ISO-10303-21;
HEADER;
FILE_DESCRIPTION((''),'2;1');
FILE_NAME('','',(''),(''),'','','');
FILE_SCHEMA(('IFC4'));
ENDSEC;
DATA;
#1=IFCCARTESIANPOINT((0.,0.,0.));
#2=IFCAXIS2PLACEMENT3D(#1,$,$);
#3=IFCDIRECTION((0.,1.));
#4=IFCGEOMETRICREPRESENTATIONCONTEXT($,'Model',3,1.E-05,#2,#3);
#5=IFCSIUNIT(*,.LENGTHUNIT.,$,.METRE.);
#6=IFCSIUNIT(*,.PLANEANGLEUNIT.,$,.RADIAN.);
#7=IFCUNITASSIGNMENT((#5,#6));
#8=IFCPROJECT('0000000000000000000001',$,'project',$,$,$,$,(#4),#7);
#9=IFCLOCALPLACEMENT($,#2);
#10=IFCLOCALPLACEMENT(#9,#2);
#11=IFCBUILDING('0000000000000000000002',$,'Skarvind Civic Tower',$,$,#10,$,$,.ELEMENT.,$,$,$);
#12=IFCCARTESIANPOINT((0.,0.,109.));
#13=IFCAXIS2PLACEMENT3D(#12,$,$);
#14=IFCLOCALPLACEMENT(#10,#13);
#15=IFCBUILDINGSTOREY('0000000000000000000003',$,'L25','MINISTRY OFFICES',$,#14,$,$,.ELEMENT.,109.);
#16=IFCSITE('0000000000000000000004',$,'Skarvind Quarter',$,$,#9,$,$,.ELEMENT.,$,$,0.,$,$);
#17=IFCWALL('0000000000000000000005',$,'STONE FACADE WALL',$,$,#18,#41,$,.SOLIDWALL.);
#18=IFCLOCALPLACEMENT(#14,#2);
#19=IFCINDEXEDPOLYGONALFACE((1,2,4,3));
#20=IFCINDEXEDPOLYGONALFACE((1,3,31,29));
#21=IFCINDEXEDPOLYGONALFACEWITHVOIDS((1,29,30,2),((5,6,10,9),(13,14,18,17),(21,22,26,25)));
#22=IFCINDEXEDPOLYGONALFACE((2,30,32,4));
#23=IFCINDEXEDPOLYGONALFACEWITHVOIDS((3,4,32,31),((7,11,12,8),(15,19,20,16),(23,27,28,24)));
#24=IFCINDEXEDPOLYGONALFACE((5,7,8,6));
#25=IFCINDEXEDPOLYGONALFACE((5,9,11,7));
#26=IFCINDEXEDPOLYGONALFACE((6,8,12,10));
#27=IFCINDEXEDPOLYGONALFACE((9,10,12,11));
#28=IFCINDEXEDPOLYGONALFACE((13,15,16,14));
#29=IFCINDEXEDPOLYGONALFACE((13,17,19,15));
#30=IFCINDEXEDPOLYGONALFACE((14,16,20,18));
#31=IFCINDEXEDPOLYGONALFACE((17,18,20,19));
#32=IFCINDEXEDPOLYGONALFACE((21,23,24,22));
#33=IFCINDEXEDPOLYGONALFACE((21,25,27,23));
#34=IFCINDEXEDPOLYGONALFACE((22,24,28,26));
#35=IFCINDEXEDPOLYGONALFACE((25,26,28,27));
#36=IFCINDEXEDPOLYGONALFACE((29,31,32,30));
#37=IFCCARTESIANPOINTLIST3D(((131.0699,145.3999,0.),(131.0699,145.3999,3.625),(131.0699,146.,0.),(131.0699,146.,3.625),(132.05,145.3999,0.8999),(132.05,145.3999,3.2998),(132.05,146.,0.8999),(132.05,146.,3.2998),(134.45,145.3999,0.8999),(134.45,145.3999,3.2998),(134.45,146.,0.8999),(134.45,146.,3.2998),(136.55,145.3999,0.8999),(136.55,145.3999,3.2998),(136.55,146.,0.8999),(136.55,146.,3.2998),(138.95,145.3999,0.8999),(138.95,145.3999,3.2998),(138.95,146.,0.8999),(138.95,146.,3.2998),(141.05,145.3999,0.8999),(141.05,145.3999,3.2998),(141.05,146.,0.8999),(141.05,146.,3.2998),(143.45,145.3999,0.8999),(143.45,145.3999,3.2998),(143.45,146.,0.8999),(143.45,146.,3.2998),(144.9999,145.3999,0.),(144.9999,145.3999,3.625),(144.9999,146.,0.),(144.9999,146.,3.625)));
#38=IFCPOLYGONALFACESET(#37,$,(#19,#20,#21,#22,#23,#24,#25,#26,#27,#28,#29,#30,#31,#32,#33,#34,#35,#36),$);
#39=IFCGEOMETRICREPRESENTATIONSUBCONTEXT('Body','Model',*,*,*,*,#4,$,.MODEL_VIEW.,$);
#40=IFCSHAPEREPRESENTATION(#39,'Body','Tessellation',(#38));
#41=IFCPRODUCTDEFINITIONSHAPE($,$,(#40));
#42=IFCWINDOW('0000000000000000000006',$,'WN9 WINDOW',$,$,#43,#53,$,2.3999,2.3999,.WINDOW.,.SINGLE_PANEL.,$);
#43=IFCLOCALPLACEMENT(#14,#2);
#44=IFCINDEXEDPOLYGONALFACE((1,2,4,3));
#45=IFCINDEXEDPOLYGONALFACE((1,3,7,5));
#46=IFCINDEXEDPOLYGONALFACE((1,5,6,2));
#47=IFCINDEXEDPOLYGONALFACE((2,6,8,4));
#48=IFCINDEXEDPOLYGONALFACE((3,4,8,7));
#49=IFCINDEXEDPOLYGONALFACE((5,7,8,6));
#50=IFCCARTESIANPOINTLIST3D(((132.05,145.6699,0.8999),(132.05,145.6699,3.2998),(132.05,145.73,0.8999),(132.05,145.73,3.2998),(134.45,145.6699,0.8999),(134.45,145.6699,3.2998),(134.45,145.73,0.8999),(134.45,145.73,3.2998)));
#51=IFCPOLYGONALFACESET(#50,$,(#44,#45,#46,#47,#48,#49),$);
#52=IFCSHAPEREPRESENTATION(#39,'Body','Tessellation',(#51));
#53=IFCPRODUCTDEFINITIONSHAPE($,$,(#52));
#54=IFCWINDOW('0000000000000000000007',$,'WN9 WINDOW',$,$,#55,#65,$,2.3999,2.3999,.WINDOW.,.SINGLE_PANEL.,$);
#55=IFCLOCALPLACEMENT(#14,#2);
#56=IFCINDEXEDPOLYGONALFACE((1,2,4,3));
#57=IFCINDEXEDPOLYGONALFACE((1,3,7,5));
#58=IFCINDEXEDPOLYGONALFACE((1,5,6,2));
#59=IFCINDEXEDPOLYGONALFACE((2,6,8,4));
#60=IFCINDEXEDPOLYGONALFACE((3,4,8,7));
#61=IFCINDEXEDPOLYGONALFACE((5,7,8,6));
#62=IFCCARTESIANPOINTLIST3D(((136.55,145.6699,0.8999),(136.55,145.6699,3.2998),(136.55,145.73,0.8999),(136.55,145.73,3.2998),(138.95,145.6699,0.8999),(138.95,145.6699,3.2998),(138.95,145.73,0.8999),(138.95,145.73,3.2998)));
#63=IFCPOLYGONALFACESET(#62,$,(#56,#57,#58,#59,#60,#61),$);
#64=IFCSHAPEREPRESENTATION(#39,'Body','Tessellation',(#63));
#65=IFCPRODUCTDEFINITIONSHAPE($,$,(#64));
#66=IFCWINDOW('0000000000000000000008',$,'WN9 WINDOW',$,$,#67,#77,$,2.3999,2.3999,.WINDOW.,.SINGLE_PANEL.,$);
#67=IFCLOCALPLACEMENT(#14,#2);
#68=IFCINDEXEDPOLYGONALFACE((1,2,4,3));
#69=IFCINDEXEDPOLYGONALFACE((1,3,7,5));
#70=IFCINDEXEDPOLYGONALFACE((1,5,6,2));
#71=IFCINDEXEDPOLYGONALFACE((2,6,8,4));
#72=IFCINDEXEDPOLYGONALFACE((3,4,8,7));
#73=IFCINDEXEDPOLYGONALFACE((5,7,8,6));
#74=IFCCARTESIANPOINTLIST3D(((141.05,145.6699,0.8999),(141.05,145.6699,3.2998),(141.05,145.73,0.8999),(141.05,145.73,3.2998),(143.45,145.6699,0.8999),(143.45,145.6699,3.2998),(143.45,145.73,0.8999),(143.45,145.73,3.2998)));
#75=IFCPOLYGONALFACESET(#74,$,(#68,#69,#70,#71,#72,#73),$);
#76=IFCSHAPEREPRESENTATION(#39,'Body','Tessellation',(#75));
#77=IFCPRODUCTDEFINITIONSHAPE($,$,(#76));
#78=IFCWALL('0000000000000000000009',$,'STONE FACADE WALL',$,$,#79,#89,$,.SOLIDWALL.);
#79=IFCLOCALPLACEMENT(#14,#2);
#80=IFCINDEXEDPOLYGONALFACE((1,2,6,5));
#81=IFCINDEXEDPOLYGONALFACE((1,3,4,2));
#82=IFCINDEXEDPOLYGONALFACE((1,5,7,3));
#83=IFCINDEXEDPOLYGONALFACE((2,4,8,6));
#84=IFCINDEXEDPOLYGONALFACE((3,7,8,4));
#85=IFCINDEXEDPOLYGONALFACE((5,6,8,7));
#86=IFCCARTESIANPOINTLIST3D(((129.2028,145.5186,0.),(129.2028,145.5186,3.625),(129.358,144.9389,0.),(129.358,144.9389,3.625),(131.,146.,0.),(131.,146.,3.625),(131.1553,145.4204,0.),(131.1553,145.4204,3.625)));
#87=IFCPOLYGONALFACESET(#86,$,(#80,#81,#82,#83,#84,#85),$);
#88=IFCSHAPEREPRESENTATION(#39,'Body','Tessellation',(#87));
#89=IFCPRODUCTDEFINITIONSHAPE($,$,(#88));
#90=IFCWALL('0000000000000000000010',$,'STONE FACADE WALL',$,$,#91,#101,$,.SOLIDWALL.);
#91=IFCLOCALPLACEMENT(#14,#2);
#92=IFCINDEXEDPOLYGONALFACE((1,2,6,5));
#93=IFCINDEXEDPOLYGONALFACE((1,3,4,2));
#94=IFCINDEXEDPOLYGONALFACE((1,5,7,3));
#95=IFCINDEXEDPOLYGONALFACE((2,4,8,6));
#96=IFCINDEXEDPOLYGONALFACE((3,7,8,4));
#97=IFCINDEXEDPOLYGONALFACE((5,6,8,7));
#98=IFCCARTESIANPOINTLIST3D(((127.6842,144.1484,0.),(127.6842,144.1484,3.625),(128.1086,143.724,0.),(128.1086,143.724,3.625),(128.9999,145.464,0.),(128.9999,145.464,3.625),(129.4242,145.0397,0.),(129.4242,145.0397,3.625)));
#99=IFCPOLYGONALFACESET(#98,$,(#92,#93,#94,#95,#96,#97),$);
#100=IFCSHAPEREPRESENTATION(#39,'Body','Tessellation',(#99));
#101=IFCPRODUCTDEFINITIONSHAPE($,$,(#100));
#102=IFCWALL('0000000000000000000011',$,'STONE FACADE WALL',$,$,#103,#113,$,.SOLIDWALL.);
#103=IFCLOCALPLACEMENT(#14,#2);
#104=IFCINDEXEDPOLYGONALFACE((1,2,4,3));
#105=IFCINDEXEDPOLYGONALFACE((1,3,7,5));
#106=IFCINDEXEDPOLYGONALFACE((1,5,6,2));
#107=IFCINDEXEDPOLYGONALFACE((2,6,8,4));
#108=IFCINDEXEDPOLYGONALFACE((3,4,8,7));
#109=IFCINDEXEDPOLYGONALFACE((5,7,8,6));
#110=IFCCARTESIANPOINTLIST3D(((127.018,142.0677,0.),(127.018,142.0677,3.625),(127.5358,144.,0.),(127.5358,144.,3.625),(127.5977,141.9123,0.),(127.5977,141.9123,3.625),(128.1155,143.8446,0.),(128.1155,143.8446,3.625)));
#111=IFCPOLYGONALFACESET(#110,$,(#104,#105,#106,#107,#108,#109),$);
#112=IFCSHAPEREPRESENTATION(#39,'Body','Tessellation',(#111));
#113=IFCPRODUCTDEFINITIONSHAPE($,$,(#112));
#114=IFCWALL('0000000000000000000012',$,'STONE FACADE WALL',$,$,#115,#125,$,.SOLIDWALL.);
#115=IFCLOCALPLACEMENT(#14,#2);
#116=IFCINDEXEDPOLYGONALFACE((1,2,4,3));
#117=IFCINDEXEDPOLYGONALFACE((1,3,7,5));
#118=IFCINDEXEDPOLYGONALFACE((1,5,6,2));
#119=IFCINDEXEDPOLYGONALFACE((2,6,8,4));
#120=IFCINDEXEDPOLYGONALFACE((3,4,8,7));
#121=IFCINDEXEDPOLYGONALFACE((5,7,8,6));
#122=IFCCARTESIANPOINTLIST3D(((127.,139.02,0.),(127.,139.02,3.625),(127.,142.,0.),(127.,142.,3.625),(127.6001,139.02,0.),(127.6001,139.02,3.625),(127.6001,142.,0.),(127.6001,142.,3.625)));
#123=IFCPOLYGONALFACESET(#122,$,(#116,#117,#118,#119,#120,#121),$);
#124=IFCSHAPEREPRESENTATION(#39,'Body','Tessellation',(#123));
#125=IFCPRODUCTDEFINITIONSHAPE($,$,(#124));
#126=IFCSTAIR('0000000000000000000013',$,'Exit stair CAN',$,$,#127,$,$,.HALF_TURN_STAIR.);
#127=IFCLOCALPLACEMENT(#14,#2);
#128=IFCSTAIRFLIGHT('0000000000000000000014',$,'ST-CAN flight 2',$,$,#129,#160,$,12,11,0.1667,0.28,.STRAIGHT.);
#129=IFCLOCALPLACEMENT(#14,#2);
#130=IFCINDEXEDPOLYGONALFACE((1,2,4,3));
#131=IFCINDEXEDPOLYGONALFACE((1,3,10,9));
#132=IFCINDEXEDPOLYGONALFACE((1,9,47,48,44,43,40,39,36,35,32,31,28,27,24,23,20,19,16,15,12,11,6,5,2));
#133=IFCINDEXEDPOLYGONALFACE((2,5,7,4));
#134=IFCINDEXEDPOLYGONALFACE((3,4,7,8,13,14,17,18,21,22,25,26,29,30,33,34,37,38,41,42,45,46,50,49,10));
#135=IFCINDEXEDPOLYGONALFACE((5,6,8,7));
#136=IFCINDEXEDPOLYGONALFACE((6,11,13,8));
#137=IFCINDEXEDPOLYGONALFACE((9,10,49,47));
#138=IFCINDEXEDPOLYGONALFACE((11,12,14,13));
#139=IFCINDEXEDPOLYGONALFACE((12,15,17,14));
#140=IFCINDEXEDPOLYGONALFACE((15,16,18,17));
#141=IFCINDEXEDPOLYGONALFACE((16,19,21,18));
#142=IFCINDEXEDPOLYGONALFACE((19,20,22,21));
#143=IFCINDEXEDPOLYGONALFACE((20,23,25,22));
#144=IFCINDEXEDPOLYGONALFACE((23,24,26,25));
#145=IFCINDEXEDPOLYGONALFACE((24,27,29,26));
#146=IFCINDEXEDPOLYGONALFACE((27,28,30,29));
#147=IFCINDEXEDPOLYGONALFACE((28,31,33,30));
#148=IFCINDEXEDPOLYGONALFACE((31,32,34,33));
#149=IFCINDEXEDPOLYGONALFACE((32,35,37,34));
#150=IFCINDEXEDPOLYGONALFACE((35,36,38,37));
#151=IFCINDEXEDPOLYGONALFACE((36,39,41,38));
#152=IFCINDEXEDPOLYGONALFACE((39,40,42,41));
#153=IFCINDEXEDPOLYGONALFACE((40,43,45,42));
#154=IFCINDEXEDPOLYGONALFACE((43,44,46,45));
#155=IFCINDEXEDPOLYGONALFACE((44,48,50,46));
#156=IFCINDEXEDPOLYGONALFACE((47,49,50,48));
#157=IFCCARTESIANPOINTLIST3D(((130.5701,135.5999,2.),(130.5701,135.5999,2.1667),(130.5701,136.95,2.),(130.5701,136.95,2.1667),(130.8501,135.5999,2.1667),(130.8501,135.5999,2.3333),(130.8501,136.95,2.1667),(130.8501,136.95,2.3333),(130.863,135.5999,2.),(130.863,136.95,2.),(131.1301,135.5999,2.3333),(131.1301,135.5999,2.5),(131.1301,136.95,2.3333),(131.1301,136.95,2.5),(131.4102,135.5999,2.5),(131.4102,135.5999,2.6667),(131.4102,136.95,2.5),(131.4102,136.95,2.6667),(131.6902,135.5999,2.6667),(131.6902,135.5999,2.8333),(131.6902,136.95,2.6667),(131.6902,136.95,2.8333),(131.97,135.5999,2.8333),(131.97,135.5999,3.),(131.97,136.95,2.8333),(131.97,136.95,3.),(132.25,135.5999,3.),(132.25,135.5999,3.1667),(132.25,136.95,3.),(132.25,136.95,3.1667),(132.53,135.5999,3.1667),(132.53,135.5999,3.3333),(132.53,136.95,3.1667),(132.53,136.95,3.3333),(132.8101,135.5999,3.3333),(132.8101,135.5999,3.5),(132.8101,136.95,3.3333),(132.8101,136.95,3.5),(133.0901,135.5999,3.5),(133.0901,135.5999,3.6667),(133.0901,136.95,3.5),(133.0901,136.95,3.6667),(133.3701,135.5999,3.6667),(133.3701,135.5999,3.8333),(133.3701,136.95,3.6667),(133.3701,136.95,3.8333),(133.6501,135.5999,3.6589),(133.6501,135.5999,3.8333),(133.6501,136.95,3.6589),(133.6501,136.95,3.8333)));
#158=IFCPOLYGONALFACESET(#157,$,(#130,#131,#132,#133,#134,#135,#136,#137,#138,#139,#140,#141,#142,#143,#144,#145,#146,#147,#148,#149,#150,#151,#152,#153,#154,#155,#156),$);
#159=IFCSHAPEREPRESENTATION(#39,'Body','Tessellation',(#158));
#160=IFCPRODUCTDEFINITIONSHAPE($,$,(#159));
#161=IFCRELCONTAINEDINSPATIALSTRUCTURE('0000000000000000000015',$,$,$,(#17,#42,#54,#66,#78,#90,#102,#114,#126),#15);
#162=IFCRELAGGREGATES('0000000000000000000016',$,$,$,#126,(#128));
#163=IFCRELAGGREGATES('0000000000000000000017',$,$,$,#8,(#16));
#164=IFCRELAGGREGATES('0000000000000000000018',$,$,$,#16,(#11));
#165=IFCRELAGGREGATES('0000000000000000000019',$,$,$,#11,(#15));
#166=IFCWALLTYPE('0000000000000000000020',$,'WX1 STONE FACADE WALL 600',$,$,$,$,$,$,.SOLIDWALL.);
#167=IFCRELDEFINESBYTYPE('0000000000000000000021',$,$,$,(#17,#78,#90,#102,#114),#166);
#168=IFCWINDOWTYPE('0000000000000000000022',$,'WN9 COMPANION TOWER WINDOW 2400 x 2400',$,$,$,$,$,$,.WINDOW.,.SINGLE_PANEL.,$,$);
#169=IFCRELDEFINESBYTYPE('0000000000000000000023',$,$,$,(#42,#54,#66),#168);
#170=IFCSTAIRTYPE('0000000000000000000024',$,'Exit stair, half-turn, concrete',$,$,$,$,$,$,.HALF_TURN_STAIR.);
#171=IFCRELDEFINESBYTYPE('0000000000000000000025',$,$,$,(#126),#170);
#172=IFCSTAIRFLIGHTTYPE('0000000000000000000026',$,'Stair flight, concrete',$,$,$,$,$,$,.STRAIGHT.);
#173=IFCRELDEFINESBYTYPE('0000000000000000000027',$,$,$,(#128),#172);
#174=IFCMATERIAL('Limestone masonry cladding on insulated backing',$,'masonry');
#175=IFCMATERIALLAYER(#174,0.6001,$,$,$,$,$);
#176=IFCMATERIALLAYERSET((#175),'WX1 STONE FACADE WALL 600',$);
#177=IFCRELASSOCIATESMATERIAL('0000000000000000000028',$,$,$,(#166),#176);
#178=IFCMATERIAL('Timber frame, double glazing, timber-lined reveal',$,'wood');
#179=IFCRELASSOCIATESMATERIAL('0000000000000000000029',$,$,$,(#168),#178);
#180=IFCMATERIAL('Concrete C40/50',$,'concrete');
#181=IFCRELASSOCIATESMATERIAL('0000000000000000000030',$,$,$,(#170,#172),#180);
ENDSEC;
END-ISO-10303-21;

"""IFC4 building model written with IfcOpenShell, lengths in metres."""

from ifc_helpers import new_model, si_unit, direction, frame, frame_2d, origin, place, context, subcontext, project, spatial, polyline, rectangle, outline, extrude, material, layer, layer_set, type_object, element, fill, aggregate, save


model = new_model("IFC4")

# Units and contexts
model_context = context("Model", 3, precision=1e-05, world=origin(), true_north=direction((0.0, 1.0)))
body_context = subcontext(model_context, "Body", "Model", "MODEL_VIEW")
ifc_project = project(units=[si_unit("LENGTHUNIT", "METRE"), si_unit("PLANEANGLEUNIT", "RADIAN")], contexts=[model_context])

# Site, building, storey
site_placement = place(None, origin())
site = spatial("IfcSite", under=ifc_project, at=site_placement, Name="Skarvind Quarter", CompositionType="ELEMENT", RefElevation=0.0)
building_placement = place(site_placement, origin())
building = spatial("IfcBuilding", under=site, at=building_placement, Name="Skarvind Civic Tower", CompositionType="ELEMENT")
storey_placement = place(building_placement, frame((0.0, 0.0, 109.0)))
storey = spatial("IfcBuildingStorey", under=building, at=storey_placement, Name="L25", Description="MINISTRY OFFICES", CompositionType="ELEMENT", Elevation=109.0)

# Wall, openings, windows
ifc_material_1 = material(Name="Limestone masonry cladding on insulated backing", Category="masonry")
ifc_layer_1 = layer(ifc_material_1, 0.6001)
ifc_layer_set_1 = layer_set([ifc_layer_1], Name="WX1 STONE FACADE WALL 600")
wall_type_1 = type_object("IfcWallType", Name="WX1 STONE FACADE WALL 600", PredefinedType="SOLIDWALL", material=ifc_layer_set_1)
wall_1_placement = place(storey_placement, frame((131.0701, 145.7, 0.0), z_axis=(0.0, 0.0, 1.0), x_axis=(1.0, 0.0, 0.0)))
wall_1 = element("IfcWall", 1, at=wall_1_placement, inside=storey, type_object=wall_type_1, Name="STONE FACADE WALL", PredefinedType="SOLIDWALL", context=body_context, shape_type="SweptSolid", body=[
    extrude(rectangle(XDim=13.9299, YDim=0.6001, at=frame_2d((6.9648, 0.0))), origin(), (0.0, 0.0, 1.0), 3.625),
])
opening_1_placement = place(wall_1_placement, frame((0.98, 0.0, 0.8999)))
opening_1 = element("IfcOpeningElement", 2, at=opening_1_placement, cuts=wall_1, PredefinedType="OPENING", context=body_context, shape_type="SweptSolid", body=[
    extrude(rectangle(XDim=2.3999, YDim=2.3999, at=frame_2d((1.2, 1.2))), frame((0.0, 0.3101, 0.0), z_axis=(0.0, -1.0, 0.0), x_axis=(1.0, 0.0, 0.0)), (0.0, 0.0, 1.0), 0.6201),
])
opening_2_placement = place(wall_1_placement, frame((5.48, 0.0, 0.8999)))
opening_2 = element("IfcOpeningElement", 3, at=opening_2_placement, cuts=wall_1, PredefinedType="OPENING", context=body_context, shape_type="SweptSolid", body=[
    extrude(rectangle(XDim=2.3999, YDim=2.3999, at=frame_2d((1.2, 1.2))), frame((0.0, 0.3101, 0.0), z_axis=(0.0, -1.0, 0.0), x_axis=(1.0, 0.0, 0.0)), (0.0, 0.0, 1.0), 0.6201),
])
opening_3_placement = place(wall_1_placement, frame((9.98, 0.0, 0.8999)))
opening_3 = element("IfcOpeningElement", 4, at=opening_3_placement, cuts=wall_1, PredefinedType="OPENING", context=body_context, shape_type="SweptSolid", body=[
    extrude(rectangle(XDim=2.3999, YDim=2.3999, at=frame_2d((1.2, 1.2))), frame((0.0, 0.3101, 0.0), z_axis=(0.0, -1.0, 0.0), x_axis=(1.0, 0.0, 0.0)), (0.0, 0.0, 1.0), 0.6201),
])
ifc_material_2 = material(Name="Timber frame, double glazing, timber-lined reveal", Category="wood")
window_type = type_object("IfcWindowType", Name="WN9 COMPANION TOWER WINDOW 2400 x 2400", PartitioningType="SINGLE_PANEL", PredefinedType="WINDOW", material=ifc_material_2)
window_1_placement = place(opening_1_placement, origin())
window_1 = element("IfcWindow", 5, at=window_1_placement, inside=storey, type_object=window_type, Name="WN9 WINDOW", OverallHeight=2.3999, OverallWidth=2.3999, PartitioningType="SINGLE_PANEL", PredefinedType="WINDOW", context=body_context, shape_type="SweptSolid", body=[
    extrude(rectangle(XDim=2.3999, YDim=2.3999, at=frame_2d((1.2, 1.2))), frame((0.0, 0.03, 0.0), z_axis=(0.0, -1.0, 0.0), x_axis=(1.0, 0.0, 0.0)), (0.0, 0.0, 1.0), 0.0601),
])
fill(opening_1, window_1)
window_2_placement = place(opening_2_placement, origin())
window_2 = element("IfcWindow", 6, at=window_2_placement, inside=storey, type_object=window_type, Name="WN9 WINDOW", OverallHeight=2.3999, OverallWidth=2.3999, PartitioningType="SINGLE_PANEL", PredefinedType="WINDOW", context=body_context, shape_type="SweptSolid", body=[
    extrude(rectangle(XDim=2.3999, YDim=2.3999, at=frame_2d((1.2, 1.2))), frame((0.0, 0.03, 0.0), z_axis=(0.0, -1.0, 0.0), x_axis=(1.0, 0.0, 0.0)), (0.0, 0.0, 1.0), 0.0601),
])
fill(opening_2, window_2)
window_3_placement = place(opening_3_placement, origin())
window_3 = element("IfcWindow", 7, at=window_3_placement, inside=storey, type_object=window_type, Name="WN9 WINDOW", OverallHeight=2.3999, OverallWidth=2.3999, PartitioningType="SINGLE_PANEL", PredefinedType="WINDOW", context=body_context, shape_type="SweptSolid", body=[
    extrude(rectangle(XDim=2.3999, YDim=2.3999, at=frame_2d((1.2, 1.2))), frame((0.0, 0.03, 0.0), z_axis=(0.0, -1.0, 0.0), x_axis=(1.0, 0.0, 0.0)), (0.0, 0.0, 1.0), 0.0601),
])
fill(opening_3, window_3)

# Walls
for number, where, z_axis, x_axis, name in (
    (8, (129.2805, 145.2288, 0.0), (0.0, 0.0, 1.0), (0.965938, 0.258773, 0.0), "STONE FACADE WALL"),
    (9, (127.8965, 143.9363, 0.0), (0.0, 0.0, 1.0), (0.707107, 0.707107, 0.0), "STONE FACADE WALL"),
):
    element("IfcWall", number, at=place(storey_placement, frame(where, z_axis=z_axis, x_axis=x_axis)), inside=storey, type_object=wall_type_1, Name=name, PredefinedType="SOLIDWALL", context=body_context, shape_type="SweptSolid", body=[
        extrude(rectangle(XDim=1.8606, YDim=0.6001, at=frame_2d((0.9302, 0.0))), origin(), (0.0, 0.0, 1.0), 3.625),
    ])
wall_2_placement = place(storey_placement, frame((127.3079, 141.99, 0.0), z_axis=(0.0, 0.0, 1.0), x_axis=(0.25884, 0.96592, 0.0)))
element("IfcWall", 10, at=wall_2_placement, inside=storey, type_object=wall_type_1, Name="STONE FACADE WALL", PredefinedType="SOLIDWALL", context=body_context, shape_type="SweptSolid", body=[
    extrude(rectangle(XDim=2.0005, YDim=0.6001, at=frame_2d((1.0002, 0.0))), origin(), (0.0, 0.0, 1.0), 3.625),
])
wall_3_placement = place(storey_placement, frame((127.3, 139.02, 0.0), z_axis=(0.0, 0.0, 1.0), x_axis=(0.0, 1.0, 0.0)))
element("IfcWall", 11, at=wall_3_placement, inside=storey, type_object=wall_type_1, Name="STONE FACADE WALL", PredefinedType="SOLIDWALL", context=body_context, shape_type="SweptSolid", body=[
    extrude(rectangle(XDim=2.98, YDim=0.6001, at=frame_2d((1.49, 0.0))), origin(), (0.0, 0.0, 1.0), 3.625),
])

# Stair, stair flight
ifc_material_3 = material(Name="Concrete C40/50", Category="concrete")
stair_type = type_object("IfcStairType", Name="Exit stair, half-turn, concrete", PredefinedType="HALF_TURN_STAIR", material=ifc_material_3)
stair_placement = place(storey_placement, origin())
stair = element("IfcStair", 12, at=stair_placement, inside=storey, type_object=stair_type, Name="Exit stair CAN", PredefinedType="HALF_TURN_STAIR")
stair_flight_type = type_object("IfcStairFlightType", Name="Stair flight, concrete", PredefinedType="STRAIGHT", material=ifc_material_3)
stair_flight_placement = place(storey_placement, frame((130.5701, 136.2749, 2.0), z_axis=(0.0, 0.0, 1.0), x_axis=(1.0, 0.0, 0.0)))
stair_flight = element("IfcStairFlight", 13, at=stair_flight_placement, type_object=stair_flight_type, Name="ST-CAN flight 2", NumberOfRisers=12, NumberOfTreads=11, PredefinedType="STRAIGHT", RiserHeight=0.1667, TreadLength=0.28, context=body_context, shape_type="SweptSolid", body=[
    extrude(outline(polyline([(0.0, 0.0), (0.0, 0.1667), (0.28, 0.1667), (0.28, 0.3333), (0.5601, 0.3333), (0.5601, 0.5), (0.8401, 0.5), (0.8401, 0.6667), (1.1201, 0.6667), (1.1201, 0.8333), (1.3999, 0.8333), (1.3999, 1.0), (1.6799, 1.0), (1.6799, 1.1667), (1.96, 1.1667), (1.96, 1.3333), (2.24, 1.3333), (2.24, 1.5), (2.52, 1.5), (2.52, 1.6667), (2.8, 1.6667), (2.8, 1.8333), (3.0801, 1.8333), (3.0801, 2.0), (3.0801, 1.6589), (0.293, 0.0), (0.0, 0.0)])), frame((0.0, 0.675, 0.0), z_axis=(0.0, -1.0, 0.0), x_axis=(1.0, 0.0, 0.0)), (0.0, 0.0, 1.0), 1.3501),
])
aggregate(stair, [stair_flight])

save(model, "model.ifc")
